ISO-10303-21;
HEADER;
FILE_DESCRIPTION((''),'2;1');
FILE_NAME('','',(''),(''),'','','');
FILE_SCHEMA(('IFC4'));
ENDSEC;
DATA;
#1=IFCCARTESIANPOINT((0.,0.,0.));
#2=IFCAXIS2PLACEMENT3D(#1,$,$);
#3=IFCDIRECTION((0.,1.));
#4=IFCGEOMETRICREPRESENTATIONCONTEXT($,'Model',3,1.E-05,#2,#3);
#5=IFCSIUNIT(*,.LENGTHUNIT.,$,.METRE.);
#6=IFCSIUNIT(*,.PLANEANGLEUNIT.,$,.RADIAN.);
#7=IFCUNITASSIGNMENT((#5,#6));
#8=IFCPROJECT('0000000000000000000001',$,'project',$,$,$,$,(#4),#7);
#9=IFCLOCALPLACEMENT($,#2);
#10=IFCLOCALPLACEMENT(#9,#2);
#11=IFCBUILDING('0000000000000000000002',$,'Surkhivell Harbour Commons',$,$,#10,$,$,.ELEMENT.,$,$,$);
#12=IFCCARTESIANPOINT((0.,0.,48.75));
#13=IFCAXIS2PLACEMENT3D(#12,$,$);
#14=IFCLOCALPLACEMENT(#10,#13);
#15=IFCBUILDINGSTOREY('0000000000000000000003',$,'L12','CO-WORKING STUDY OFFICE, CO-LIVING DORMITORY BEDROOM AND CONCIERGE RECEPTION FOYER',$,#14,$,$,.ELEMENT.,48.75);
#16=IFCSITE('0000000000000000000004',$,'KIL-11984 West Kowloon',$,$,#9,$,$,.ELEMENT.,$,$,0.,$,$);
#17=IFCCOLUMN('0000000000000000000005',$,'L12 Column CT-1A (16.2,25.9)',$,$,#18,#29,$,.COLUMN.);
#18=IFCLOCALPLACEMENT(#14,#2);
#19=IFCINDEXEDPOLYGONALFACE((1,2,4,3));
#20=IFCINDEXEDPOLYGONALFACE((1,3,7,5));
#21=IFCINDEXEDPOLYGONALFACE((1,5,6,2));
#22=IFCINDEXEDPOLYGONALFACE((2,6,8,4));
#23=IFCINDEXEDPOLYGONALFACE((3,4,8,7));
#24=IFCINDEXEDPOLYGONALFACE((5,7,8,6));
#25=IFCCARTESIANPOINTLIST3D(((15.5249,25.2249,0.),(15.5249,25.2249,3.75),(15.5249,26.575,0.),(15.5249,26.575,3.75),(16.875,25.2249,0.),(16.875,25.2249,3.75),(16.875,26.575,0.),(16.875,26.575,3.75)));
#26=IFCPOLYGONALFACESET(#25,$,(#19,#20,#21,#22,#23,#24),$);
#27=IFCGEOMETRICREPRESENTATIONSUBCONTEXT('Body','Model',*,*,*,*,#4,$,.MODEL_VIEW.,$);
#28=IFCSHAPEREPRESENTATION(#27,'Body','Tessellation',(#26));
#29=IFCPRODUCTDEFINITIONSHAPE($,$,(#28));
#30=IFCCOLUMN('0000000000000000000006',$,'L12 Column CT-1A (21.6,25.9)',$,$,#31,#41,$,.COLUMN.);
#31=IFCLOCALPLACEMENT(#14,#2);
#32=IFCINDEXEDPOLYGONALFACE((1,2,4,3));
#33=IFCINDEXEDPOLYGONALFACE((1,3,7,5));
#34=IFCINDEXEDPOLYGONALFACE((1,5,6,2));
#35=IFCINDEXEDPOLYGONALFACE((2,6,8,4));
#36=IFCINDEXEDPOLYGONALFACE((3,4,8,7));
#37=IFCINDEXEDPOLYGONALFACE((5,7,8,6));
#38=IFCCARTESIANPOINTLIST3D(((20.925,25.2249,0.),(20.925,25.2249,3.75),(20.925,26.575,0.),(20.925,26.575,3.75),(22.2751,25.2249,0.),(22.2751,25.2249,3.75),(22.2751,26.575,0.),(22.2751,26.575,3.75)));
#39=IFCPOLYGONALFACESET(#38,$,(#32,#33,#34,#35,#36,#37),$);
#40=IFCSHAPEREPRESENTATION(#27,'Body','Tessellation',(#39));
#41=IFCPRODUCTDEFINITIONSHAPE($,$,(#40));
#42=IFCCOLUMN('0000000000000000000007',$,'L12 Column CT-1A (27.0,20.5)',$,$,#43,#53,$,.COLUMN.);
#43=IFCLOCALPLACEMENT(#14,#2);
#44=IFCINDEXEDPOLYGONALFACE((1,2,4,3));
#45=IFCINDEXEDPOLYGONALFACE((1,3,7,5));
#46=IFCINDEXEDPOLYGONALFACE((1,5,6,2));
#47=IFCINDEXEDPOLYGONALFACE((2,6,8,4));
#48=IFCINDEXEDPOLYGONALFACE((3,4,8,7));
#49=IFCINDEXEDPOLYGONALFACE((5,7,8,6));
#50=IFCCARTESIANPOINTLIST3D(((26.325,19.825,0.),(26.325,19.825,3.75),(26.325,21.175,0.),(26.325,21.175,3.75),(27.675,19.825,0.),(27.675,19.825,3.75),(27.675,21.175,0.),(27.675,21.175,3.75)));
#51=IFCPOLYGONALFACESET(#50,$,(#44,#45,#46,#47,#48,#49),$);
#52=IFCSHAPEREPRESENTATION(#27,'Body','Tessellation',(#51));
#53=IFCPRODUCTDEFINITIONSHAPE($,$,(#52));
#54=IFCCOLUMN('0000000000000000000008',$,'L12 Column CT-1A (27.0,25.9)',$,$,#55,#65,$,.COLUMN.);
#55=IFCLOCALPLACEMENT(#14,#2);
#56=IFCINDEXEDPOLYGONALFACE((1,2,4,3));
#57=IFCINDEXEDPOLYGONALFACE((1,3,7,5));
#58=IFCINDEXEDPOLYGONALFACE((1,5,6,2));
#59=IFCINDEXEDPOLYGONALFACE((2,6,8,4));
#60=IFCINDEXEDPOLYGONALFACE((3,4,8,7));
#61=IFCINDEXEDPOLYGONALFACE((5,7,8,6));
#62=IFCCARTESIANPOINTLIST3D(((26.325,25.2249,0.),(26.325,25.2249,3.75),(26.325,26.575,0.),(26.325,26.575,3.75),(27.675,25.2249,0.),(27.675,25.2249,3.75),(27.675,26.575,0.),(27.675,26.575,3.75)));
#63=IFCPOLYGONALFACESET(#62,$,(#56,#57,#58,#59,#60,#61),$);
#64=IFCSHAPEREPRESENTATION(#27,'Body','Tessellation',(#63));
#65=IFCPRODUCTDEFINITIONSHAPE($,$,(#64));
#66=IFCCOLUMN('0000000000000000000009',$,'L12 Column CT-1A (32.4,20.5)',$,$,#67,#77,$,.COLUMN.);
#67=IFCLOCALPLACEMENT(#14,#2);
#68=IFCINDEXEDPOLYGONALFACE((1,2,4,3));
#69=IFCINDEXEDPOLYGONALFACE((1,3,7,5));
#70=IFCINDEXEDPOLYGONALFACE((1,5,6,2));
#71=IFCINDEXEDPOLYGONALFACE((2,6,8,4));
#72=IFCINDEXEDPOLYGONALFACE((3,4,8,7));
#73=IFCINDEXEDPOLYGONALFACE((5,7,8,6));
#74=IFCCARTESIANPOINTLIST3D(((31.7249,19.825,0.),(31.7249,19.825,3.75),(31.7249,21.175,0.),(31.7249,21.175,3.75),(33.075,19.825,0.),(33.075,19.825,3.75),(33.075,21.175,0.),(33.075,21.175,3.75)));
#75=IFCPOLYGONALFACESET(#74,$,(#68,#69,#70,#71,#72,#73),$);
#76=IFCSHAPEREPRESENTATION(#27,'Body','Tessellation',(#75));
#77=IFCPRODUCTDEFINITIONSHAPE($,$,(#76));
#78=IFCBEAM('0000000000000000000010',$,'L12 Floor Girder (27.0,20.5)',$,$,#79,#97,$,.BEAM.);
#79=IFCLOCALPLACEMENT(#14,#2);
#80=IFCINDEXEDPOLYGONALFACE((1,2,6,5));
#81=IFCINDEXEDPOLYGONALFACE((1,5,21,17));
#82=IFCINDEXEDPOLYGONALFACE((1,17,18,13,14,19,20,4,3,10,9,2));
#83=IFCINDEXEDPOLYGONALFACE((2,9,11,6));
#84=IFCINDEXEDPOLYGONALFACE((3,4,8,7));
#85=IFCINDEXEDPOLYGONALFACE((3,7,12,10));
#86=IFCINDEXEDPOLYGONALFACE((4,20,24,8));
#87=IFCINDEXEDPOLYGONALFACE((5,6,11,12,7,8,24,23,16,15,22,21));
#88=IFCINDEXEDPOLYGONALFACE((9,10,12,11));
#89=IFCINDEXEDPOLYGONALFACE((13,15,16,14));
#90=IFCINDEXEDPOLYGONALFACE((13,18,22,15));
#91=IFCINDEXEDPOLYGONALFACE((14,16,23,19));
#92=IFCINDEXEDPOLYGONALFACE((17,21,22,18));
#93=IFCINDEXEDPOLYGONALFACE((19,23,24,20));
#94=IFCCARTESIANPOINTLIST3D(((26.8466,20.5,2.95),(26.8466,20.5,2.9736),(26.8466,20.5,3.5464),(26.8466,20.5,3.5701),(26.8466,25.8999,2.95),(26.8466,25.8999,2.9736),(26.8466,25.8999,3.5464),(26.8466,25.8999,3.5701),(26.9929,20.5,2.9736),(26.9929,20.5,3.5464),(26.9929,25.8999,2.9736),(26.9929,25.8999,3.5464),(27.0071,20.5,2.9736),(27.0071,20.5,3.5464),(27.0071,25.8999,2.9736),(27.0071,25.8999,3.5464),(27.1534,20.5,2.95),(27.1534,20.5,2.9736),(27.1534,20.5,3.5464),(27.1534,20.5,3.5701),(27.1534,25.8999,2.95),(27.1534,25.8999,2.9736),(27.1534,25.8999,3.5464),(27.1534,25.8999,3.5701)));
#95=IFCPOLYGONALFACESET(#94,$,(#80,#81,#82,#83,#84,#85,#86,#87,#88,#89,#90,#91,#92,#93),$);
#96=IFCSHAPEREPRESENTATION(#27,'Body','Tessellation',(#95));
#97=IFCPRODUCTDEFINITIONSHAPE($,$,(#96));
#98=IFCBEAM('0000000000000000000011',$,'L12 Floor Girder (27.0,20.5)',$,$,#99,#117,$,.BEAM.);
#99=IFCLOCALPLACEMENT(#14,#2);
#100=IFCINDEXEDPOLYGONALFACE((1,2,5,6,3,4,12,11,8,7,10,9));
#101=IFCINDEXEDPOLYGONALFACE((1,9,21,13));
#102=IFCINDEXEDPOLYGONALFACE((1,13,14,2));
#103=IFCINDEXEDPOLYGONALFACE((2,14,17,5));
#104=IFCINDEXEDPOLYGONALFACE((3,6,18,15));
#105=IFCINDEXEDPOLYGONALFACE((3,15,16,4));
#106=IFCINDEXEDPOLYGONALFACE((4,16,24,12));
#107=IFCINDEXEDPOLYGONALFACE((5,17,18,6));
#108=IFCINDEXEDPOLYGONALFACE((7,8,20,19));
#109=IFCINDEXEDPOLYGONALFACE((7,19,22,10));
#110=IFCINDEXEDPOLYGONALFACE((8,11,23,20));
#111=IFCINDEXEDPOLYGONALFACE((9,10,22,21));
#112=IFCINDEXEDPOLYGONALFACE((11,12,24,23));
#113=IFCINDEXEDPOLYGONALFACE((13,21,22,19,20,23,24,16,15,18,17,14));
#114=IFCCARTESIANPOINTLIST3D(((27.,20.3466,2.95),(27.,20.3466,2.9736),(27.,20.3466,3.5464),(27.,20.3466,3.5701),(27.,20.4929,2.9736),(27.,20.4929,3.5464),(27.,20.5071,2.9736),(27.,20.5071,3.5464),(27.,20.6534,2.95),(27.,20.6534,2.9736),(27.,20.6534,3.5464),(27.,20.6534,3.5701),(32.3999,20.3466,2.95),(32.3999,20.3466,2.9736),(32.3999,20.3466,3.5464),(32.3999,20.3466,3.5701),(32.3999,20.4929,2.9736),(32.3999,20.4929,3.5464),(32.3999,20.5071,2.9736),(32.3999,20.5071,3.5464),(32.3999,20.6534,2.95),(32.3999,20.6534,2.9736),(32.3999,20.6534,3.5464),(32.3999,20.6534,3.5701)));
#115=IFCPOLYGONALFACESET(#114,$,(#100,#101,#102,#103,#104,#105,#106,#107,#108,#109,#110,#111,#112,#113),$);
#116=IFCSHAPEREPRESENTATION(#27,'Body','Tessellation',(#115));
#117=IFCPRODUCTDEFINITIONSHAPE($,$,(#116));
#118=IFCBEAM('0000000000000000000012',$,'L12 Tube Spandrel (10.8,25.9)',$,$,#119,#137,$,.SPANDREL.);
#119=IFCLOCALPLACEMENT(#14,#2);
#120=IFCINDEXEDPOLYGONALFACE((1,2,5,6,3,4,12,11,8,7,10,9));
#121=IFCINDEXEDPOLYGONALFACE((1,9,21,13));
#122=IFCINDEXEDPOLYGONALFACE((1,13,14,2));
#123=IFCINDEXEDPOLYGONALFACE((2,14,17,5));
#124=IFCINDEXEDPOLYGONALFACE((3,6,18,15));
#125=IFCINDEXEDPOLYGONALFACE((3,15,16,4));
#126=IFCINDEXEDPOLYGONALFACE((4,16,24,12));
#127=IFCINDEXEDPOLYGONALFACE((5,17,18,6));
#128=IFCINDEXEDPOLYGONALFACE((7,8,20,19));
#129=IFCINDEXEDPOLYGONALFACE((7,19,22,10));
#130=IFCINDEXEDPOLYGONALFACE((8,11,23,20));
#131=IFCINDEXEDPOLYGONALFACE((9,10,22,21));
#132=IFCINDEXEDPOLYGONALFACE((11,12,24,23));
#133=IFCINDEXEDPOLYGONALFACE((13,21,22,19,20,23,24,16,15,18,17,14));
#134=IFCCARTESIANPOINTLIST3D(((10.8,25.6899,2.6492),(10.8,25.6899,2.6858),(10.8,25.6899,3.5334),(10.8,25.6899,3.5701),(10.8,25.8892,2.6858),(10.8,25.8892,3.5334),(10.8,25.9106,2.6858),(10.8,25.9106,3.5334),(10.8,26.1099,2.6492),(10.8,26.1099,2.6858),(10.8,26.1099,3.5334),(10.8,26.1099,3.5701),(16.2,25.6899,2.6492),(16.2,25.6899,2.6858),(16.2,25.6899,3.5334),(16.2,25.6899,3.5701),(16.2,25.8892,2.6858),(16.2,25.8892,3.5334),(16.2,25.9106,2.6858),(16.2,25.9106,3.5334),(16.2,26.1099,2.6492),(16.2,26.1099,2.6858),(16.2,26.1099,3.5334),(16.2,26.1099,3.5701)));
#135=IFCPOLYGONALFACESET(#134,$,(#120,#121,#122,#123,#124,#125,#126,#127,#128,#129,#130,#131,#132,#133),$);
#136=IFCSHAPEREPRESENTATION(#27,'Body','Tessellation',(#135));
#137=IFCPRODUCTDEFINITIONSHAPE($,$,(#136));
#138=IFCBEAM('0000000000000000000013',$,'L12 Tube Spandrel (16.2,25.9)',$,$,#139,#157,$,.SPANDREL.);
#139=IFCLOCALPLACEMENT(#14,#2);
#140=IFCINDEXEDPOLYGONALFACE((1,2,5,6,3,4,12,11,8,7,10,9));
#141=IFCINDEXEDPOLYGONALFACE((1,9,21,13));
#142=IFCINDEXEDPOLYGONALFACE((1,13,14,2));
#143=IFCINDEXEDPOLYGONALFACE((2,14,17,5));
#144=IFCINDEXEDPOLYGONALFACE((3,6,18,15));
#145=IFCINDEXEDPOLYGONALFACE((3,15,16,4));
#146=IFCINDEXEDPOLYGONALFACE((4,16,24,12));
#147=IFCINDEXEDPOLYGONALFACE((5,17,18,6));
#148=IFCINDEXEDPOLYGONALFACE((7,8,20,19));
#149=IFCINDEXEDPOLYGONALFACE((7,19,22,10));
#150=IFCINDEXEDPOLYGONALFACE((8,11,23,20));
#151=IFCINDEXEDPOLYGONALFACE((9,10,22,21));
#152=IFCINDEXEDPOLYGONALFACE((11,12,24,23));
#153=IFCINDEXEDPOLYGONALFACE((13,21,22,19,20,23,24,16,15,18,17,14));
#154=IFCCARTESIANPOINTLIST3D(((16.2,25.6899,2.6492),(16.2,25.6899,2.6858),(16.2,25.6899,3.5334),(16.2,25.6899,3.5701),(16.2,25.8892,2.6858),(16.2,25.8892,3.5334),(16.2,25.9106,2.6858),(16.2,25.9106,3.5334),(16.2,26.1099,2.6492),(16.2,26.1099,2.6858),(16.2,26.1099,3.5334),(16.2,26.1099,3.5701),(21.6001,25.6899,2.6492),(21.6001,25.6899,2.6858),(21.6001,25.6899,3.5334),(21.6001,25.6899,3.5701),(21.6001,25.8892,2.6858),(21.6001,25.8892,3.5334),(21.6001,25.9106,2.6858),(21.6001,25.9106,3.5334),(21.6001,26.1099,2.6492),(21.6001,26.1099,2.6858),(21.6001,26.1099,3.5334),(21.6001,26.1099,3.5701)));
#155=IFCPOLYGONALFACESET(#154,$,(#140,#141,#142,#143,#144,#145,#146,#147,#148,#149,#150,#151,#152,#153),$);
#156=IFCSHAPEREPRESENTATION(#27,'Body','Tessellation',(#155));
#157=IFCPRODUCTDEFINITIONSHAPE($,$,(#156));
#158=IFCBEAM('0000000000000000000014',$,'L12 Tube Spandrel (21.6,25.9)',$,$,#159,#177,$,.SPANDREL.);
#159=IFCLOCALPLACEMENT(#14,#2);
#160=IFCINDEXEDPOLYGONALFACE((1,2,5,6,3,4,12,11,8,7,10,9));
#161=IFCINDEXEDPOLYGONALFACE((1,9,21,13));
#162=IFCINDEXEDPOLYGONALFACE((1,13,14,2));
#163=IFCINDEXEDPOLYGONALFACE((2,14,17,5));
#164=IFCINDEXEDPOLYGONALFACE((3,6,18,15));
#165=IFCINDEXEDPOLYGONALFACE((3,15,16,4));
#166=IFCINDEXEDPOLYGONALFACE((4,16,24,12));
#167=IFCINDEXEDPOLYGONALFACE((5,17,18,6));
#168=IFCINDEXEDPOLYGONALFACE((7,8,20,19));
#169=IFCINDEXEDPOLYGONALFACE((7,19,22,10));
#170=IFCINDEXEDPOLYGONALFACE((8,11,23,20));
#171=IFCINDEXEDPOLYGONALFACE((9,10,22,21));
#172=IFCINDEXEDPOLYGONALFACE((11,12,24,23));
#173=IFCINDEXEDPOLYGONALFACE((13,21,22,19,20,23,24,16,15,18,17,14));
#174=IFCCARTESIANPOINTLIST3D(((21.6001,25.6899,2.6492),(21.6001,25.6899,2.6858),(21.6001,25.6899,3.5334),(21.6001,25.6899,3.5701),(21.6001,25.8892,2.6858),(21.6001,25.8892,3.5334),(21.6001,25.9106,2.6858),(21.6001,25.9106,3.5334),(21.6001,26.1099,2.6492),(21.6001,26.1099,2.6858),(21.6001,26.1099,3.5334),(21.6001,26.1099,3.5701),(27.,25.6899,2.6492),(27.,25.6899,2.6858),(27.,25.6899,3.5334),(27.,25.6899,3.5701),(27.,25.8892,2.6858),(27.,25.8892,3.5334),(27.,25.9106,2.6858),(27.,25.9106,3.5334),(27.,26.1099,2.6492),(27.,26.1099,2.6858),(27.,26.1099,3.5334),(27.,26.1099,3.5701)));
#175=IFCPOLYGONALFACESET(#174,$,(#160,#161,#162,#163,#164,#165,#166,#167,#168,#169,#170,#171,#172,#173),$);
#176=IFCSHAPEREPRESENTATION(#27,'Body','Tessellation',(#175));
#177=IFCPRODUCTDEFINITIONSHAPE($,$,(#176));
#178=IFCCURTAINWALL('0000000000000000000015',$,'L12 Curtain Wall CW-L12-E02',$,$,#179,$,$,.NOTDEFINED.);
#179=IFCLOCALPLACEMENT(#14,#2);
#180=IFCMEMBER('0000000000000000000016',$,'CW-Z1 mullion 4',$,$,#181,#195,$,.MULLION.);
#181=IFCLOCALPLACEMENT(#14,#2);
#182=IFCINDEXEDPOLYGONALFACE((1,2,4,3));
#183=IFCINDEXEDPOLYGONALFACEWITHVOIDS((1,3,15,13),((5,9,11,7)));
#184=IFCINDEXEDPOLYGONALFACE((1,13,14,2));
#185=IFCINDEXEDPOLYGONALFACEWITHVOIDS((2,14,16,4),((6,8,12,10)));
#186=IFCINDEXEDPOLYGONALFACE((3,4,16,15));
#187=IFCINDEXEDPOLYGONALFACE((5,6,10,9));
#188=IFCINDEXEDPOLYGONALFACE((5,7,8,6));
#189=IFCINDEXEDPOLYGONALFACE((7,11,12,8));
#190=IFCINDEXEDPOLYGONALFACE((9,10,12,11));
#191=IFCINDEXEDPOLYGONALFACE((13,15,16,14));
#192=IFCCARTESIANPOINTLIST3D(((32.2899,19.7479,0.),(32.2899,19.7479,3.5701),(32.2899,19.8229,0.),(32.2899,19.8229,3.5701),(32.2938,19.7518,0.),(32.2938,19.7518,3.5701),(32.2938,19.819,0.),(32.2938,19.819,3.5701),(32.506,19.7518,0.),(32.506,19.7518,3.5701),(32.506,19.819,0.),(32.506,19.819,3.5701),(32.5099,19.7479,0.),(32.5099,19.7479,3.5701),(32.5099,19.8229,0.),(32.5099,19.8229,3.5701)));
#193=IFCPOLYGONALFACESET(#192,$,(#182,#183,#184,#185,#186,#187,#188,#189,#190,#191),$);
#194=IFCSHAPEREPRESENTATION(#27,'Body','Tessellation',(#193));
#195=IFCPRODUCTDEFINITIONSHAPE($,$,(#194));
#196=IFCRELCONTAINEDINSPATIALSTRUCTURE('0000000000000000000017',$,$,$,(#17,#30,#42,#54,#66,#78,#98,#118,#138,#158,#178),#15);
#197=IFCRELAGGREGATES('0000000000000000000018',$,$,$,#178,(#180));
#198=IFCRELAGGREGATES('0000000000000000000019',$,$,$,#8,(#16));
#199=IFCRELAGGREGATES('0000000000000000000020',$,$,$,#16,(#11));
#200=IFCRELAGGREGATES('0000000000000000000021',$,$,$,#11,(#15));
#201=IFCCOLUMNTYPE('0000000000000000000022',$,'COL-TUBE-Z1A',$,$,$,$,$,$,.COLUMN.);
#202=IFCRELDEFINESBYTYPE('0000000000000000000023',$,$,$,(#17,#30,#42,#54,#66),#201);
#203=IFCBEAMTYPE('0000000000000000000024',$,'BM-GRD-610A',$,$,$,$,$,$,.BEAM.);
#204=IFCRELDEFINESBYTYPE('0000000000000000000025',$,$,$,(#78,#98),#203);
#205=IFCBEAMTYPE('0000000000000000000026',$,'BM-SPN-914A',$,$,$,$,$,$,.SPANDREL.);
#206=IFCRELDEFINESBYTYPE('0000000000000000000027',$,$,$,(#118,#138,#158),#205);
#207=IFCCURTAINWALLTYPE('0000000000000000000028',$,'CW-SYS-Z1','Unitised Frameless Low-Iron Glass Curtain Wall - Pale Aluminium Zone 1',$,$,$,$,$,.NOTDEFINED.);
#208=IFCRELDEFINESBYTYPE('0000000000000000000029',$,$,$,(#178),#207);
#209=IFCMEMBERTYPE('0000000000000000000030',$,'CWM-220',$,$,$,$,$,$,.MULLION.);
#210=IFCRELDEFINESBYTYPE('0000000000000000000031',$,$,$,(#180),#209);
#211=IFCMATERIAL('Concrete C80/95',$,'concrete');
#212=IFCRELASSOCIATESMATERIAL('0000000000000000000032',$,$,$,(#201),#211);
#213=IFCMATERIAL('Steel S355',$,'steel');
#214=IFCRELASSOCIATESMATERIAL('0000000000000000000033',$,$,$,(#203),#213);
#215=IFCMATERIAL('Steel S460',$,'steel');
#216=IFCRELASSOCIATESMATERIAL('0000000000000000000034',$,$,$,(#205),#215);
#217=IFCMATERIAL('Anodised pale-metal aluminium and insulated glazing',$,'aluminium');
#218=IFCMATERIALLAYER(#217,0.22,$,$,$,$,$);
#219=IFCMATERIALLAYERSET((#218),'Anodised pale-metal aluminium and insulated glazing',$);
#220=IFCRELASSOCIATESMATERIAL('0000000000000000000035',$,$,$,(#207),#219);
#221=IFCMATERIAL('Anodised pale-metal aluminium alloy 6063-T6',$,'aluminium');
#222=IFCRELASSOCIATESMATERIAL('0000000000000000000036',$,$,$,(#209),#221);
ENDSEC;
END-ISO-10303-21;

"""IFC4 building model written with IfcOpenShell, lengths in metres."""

from ifc_helpers import new_model, si_unit, direction, frame, origin, origin_2d, place, context, subcontext, project, spatial, rectangle, hollow_rectangle, i_section, extrude, material, layer, layer_set, material_profile, profile_set, type_object, element, aggregate, save


model = new_model("IFC4")

# Units and contexts
model_context = context("Model", 3, precision=1e-05, world=origin(), true_north=direction((0.0, 1.0)))
body_context = subcontext(model_context, "Body", "Model", "MODEL_VIEW")
ifc_project = project(units=[si_unit("LENGTHUNIT", "METRE"), si_unit("PLANEANGLEUNIT", "RADIAN")], contexts=[model_context])

# Site, building, storey
site_placement = place(None, origin())
site = spatial("IfcSite", under=ifc_project, at=site_placement, Name="KIL-11984 West Kowloon", CompositionType="ELEMENT", RefElevation=0.0)
building_placement = place(site_placement, origin())
building = spatial("IfcBuilding", under=site, at=building_placement, Name="Surkhivell Harbour Commons", CompositionType="ELEMENT")
storey_placement = place(building_placement, frame((0.0, 0.0, 48.75)))
storey = spatial("IfcBuildingStorey", under=building, at=storey_placement, Name="L12", Description="CO-WORKING STUDY OFFICE, CO-LIVING DORMITORY BEDROOM AND CONCIERGE RECEPTION FOYER", CompositionType="ELEMENT", Elevation=48.75)

# Columns
ifc_material_1 = material(Name="Concrete C80/95", Category="concrete")
ifc_material_profile_1 = material_profile(ifc_material_1, rectangle(XDim=1.3501, YDim=1.3501, at=origin_2d()), Name="RC-COL-1350x1350")
ifc_profile_set_1 = profile_set([ifc_material_profile_1], Name="Concrete C80/95")
column_type = type_object("IfcColumnType", Name="COL-TUBE-Z1A", PredefinedType="COLUMN", material=ifc_profile_set_1)
for number, where, z_axis, x_axis, name in (
    (1, (16.2, 25.8999, 0.0), (0.0, 0.0, 1.0), (1.0, 0.0, 0.0), "L12 Column CT-1A (16.2,25.9)"),
    (2, (21.6001, 25.8999, 0.0), (0.0, 0.0, 1.0), (1.0, 0.0, 0.0), "L12 Column CT-1A (21.6,25.9)"),
    (3, (27.0, 20.5, 0.0), (0.0, 0.0, 1.0), (1.0, 0.0, 0.0), "L12 Column CT-1A (27.0,20.5)"),
    (4, (27.0, 25.8999, 0.0), (0.0, 0.0, 1.0), (1.0, 0.0, 0.0), "L12 Column CT-1A (27.0,25.9)"),
    (5, (32.3999, 20.5, 0.0), (0.0, 0.0, 1.0), (1.0, 0.0, 0.0), "L12 Column CT-1A (32.4,20.5)"),
):
    element("IfcColumn", number, at=place(storey_placement, frame(where, z_axis=z_axis, x_axis=x_axis)), inside=storey, type_object=column_type, Name=name, PredefinedType="COLUMN", context=body_context, shape_type="SweptSolid", body=[
        extrude(rectangle(XDim=1.3501, YDim=1.3501, at=origin_2d()), origin(), (0.0, 0.0, 1.0), 3.75),
    ])

# Beams
ifc_material_2 = material(Name="Steel S355", Category="steel")
ifc_material_profile_2 = material_profile(ifc_material_2, i_section(OverallWidth=0.3069, OverallDepth=0.6201, WebThickness=0.0142, FlangeThickness=0.0237, at=origin_2d()), Name="UB610x305x179")
ifc_profile_set_2 = profile_set([ifc_material_profile_2], Name="Steel S355")
beam_type_1 = type_object("IfcBeamType", Name="BM-GRD-610A", PredefinedType="BEAM", material=ifc_profile_set_2)
for number, where, z_axis, x_axis, name in (
    (6, (27.0, 20.5, 3.26), (0.0, 1.0, 0.0), (-1.0, 0.0, 0.0), "L12 Floor Girder (27.0,20.5)"),
    (7, (27.0, 20.5, 3.26), (1.0, 0.0, 0.0), (0.0, 1.0, 0.0), "L12 Floor Girder (27.0,20.5)"),
):
    element("IfcBeam", number, at=place(storey_placement, frame(where, z_axis=z_axis, x_axis=x_axis)), inside=storey, type_object=beam_type_1, Name=name, PredefinedType="BEAM", context=body_context, shape_type="SweptSolid", body=[
        extrude(i_section(OverallWidth=0.3069, OverallDepth=0.6201, WebThickness=0.0142, FlangeThickness=0.0237, at=origin_2d()), origin(), (0.0, 0.0, 1.0), 5.3999),
    ])
ifc_material_3 = material(Name="Steel S460", Category="steel")
ifc_material_profile_3 = material_profile(ifc_material_3, i_section(OverallWidth=0.4199, OverallDepth=0.9209, WebThickness=0.0215, FlangeThickness=0.0366, at=origin_2d()), Name="UB914x419x388")
ifc_profile_set_3 = profile_set([ifc_material_profile_3], Name="Steel S460")
beam_type_2 = type_object("IfcBeamType", Name="BM-SPN-914A", PredefinedType="SPANDREL", material=ifc_profile_set_3)
beam_1_placement = place(storey_placement, frame((10.8, 25.8999, 3.1096), z_axis=(1.0, 0.0, 0.0), x_axis=(0.0, 1.0, 0.0)))
element("IfcBeam", 8, at=beam_1_placement, inside=storey, type_object=beam_type_2, Name="L12 Tube Spandrel (10.8,25.9)", PredefinedType="SPANDREL", context=body_context, shape_type="SweptSolid", body=[
    extrude(i_section(OverallWidth=0.4199, OverallDepth=0.9209, WebThickness=0.0215, FlangeThickness=0.0366, at=origin_2d()), origin(), (0.0, 0.0, 1.0), 5.3999),
])
beam_2_placement = place(storey_placement, frame((16.2, 25.8999, 3.1096), z_axis=(1.0, 0.0, 0.0), x_axis=(0.0, 1.0, 0.0)))
element("IfcBeam", 9, at=beam_2_placement, inside=storey, type_object=beam_type_2, Name="L12 Tube Spandrel (16.2,25.9)", PredefinedType="SPANDREL", context=body_context, shape_type="SweptSolid", body=[
    extrude(i_section(OverallWidth=0.4199, OverallDepth=0.9209, WebThickness=0.0215, FlangeThickness=0.0366, at=origin_2d()), origin(), (0.0, 0.0, 1.0), 5.4001),
])
beam_3_placement = place(storey_placement, frame((21.6001, 25.8999, 3.1096), z_axis=(1.0, 0.0, 0.0), x_axis=(0.0, 1.0, 0.0)))
element("IfcBeam", 10, at=beam_3_placement, inside=storey, type_object=beam_type_2, Name="L12 Tube Spandrel (21.6,25.9)", PredefinedType="SPANDREL", context=body_context, shape_type="SweptSolid", body=[
    extrude(i_section(OverallWidth=0.4199, OverallDepth=0.9209, WebThickness=0.0215, FlangeThickness=0.0366, at=origin_2d()), origin(), (0.0, 0.0, 1.0), 5.3999),
])

# Curtain wall, member
ifc_material_4 = material(Name="Anodised pale-metal aluminium and insulated glazing", Category="aluminium")
ifc_layer_1 = layer(ifc_material_4, 0.22)
ifc_layer_set_1 = layer_set([ifc_layer_1], Name="Anodised pale-metal aluminium and insulated glazing")
curtain_wall_type = type_object("IfcCurtainWallType", Name="CW-SYS-Z1", Description="Unitised Frameless Low-Iron Glass Curtain Wall - Pale Aluminium Zone 1", PredefinedType="NOTDEFINED", material=ifc_layer_set_1)
curtain_wall_1_placement = place(storey_placement, origin())
curtain_wall_1 = element("IfcCurtainWall", 11, at=curtain_wall_1_placement, inside=storey, type_object=curtain_wall_type, Name="L12 Curtain Wall CW-L12-E02", PredefinedType="NOTDEFINED")
ifc_material_5 = material(Name="Anodised pale-metal aluminium alloy 6063-T6", Category="aluminium")
ifc_material_profile_4 = material_profile(ifc_material_5, hollow_rectangle(XDim=0.075, YDim=0.22, WallThickness=0.0039, at=origin_2d()), Name="ALU-MULL-75x220")
ifc_profile_set_4 = profile_set([ifc_material_profile_4], Name="Anodised pale-metal aluminium alloy 6063-T6")
member_type_1 = type_object("IfcMemberType", Name="CWM-220", PredefinedType="MULLION", material=ifc_profile_set_4)
member_1_placement = place(storey_placement, frame((32.3999, 19.7854, 0.0), z_axis=(0.0, 0.0, 1.0), x_axis=(0.0, 1.0, 0.0)))
member_1 = element("IfcMember", 12, at=member_1_placement, type_object=member_type_1, Name="CW-Z1 mullion 4", PredefinedType="MULLION", context=body_context, shape_type="SweptSolid", body=[
    extrude(hollow_rectangle(XDim=0.075, YDim=0.22, WallThickness=0.0039, at=origin_2d()), origin(), (0.0, 0.0, 1.0), 3.5701),
])
aggregate(curtain_wall_1, [member_1])

save(model, "model.ifc")
